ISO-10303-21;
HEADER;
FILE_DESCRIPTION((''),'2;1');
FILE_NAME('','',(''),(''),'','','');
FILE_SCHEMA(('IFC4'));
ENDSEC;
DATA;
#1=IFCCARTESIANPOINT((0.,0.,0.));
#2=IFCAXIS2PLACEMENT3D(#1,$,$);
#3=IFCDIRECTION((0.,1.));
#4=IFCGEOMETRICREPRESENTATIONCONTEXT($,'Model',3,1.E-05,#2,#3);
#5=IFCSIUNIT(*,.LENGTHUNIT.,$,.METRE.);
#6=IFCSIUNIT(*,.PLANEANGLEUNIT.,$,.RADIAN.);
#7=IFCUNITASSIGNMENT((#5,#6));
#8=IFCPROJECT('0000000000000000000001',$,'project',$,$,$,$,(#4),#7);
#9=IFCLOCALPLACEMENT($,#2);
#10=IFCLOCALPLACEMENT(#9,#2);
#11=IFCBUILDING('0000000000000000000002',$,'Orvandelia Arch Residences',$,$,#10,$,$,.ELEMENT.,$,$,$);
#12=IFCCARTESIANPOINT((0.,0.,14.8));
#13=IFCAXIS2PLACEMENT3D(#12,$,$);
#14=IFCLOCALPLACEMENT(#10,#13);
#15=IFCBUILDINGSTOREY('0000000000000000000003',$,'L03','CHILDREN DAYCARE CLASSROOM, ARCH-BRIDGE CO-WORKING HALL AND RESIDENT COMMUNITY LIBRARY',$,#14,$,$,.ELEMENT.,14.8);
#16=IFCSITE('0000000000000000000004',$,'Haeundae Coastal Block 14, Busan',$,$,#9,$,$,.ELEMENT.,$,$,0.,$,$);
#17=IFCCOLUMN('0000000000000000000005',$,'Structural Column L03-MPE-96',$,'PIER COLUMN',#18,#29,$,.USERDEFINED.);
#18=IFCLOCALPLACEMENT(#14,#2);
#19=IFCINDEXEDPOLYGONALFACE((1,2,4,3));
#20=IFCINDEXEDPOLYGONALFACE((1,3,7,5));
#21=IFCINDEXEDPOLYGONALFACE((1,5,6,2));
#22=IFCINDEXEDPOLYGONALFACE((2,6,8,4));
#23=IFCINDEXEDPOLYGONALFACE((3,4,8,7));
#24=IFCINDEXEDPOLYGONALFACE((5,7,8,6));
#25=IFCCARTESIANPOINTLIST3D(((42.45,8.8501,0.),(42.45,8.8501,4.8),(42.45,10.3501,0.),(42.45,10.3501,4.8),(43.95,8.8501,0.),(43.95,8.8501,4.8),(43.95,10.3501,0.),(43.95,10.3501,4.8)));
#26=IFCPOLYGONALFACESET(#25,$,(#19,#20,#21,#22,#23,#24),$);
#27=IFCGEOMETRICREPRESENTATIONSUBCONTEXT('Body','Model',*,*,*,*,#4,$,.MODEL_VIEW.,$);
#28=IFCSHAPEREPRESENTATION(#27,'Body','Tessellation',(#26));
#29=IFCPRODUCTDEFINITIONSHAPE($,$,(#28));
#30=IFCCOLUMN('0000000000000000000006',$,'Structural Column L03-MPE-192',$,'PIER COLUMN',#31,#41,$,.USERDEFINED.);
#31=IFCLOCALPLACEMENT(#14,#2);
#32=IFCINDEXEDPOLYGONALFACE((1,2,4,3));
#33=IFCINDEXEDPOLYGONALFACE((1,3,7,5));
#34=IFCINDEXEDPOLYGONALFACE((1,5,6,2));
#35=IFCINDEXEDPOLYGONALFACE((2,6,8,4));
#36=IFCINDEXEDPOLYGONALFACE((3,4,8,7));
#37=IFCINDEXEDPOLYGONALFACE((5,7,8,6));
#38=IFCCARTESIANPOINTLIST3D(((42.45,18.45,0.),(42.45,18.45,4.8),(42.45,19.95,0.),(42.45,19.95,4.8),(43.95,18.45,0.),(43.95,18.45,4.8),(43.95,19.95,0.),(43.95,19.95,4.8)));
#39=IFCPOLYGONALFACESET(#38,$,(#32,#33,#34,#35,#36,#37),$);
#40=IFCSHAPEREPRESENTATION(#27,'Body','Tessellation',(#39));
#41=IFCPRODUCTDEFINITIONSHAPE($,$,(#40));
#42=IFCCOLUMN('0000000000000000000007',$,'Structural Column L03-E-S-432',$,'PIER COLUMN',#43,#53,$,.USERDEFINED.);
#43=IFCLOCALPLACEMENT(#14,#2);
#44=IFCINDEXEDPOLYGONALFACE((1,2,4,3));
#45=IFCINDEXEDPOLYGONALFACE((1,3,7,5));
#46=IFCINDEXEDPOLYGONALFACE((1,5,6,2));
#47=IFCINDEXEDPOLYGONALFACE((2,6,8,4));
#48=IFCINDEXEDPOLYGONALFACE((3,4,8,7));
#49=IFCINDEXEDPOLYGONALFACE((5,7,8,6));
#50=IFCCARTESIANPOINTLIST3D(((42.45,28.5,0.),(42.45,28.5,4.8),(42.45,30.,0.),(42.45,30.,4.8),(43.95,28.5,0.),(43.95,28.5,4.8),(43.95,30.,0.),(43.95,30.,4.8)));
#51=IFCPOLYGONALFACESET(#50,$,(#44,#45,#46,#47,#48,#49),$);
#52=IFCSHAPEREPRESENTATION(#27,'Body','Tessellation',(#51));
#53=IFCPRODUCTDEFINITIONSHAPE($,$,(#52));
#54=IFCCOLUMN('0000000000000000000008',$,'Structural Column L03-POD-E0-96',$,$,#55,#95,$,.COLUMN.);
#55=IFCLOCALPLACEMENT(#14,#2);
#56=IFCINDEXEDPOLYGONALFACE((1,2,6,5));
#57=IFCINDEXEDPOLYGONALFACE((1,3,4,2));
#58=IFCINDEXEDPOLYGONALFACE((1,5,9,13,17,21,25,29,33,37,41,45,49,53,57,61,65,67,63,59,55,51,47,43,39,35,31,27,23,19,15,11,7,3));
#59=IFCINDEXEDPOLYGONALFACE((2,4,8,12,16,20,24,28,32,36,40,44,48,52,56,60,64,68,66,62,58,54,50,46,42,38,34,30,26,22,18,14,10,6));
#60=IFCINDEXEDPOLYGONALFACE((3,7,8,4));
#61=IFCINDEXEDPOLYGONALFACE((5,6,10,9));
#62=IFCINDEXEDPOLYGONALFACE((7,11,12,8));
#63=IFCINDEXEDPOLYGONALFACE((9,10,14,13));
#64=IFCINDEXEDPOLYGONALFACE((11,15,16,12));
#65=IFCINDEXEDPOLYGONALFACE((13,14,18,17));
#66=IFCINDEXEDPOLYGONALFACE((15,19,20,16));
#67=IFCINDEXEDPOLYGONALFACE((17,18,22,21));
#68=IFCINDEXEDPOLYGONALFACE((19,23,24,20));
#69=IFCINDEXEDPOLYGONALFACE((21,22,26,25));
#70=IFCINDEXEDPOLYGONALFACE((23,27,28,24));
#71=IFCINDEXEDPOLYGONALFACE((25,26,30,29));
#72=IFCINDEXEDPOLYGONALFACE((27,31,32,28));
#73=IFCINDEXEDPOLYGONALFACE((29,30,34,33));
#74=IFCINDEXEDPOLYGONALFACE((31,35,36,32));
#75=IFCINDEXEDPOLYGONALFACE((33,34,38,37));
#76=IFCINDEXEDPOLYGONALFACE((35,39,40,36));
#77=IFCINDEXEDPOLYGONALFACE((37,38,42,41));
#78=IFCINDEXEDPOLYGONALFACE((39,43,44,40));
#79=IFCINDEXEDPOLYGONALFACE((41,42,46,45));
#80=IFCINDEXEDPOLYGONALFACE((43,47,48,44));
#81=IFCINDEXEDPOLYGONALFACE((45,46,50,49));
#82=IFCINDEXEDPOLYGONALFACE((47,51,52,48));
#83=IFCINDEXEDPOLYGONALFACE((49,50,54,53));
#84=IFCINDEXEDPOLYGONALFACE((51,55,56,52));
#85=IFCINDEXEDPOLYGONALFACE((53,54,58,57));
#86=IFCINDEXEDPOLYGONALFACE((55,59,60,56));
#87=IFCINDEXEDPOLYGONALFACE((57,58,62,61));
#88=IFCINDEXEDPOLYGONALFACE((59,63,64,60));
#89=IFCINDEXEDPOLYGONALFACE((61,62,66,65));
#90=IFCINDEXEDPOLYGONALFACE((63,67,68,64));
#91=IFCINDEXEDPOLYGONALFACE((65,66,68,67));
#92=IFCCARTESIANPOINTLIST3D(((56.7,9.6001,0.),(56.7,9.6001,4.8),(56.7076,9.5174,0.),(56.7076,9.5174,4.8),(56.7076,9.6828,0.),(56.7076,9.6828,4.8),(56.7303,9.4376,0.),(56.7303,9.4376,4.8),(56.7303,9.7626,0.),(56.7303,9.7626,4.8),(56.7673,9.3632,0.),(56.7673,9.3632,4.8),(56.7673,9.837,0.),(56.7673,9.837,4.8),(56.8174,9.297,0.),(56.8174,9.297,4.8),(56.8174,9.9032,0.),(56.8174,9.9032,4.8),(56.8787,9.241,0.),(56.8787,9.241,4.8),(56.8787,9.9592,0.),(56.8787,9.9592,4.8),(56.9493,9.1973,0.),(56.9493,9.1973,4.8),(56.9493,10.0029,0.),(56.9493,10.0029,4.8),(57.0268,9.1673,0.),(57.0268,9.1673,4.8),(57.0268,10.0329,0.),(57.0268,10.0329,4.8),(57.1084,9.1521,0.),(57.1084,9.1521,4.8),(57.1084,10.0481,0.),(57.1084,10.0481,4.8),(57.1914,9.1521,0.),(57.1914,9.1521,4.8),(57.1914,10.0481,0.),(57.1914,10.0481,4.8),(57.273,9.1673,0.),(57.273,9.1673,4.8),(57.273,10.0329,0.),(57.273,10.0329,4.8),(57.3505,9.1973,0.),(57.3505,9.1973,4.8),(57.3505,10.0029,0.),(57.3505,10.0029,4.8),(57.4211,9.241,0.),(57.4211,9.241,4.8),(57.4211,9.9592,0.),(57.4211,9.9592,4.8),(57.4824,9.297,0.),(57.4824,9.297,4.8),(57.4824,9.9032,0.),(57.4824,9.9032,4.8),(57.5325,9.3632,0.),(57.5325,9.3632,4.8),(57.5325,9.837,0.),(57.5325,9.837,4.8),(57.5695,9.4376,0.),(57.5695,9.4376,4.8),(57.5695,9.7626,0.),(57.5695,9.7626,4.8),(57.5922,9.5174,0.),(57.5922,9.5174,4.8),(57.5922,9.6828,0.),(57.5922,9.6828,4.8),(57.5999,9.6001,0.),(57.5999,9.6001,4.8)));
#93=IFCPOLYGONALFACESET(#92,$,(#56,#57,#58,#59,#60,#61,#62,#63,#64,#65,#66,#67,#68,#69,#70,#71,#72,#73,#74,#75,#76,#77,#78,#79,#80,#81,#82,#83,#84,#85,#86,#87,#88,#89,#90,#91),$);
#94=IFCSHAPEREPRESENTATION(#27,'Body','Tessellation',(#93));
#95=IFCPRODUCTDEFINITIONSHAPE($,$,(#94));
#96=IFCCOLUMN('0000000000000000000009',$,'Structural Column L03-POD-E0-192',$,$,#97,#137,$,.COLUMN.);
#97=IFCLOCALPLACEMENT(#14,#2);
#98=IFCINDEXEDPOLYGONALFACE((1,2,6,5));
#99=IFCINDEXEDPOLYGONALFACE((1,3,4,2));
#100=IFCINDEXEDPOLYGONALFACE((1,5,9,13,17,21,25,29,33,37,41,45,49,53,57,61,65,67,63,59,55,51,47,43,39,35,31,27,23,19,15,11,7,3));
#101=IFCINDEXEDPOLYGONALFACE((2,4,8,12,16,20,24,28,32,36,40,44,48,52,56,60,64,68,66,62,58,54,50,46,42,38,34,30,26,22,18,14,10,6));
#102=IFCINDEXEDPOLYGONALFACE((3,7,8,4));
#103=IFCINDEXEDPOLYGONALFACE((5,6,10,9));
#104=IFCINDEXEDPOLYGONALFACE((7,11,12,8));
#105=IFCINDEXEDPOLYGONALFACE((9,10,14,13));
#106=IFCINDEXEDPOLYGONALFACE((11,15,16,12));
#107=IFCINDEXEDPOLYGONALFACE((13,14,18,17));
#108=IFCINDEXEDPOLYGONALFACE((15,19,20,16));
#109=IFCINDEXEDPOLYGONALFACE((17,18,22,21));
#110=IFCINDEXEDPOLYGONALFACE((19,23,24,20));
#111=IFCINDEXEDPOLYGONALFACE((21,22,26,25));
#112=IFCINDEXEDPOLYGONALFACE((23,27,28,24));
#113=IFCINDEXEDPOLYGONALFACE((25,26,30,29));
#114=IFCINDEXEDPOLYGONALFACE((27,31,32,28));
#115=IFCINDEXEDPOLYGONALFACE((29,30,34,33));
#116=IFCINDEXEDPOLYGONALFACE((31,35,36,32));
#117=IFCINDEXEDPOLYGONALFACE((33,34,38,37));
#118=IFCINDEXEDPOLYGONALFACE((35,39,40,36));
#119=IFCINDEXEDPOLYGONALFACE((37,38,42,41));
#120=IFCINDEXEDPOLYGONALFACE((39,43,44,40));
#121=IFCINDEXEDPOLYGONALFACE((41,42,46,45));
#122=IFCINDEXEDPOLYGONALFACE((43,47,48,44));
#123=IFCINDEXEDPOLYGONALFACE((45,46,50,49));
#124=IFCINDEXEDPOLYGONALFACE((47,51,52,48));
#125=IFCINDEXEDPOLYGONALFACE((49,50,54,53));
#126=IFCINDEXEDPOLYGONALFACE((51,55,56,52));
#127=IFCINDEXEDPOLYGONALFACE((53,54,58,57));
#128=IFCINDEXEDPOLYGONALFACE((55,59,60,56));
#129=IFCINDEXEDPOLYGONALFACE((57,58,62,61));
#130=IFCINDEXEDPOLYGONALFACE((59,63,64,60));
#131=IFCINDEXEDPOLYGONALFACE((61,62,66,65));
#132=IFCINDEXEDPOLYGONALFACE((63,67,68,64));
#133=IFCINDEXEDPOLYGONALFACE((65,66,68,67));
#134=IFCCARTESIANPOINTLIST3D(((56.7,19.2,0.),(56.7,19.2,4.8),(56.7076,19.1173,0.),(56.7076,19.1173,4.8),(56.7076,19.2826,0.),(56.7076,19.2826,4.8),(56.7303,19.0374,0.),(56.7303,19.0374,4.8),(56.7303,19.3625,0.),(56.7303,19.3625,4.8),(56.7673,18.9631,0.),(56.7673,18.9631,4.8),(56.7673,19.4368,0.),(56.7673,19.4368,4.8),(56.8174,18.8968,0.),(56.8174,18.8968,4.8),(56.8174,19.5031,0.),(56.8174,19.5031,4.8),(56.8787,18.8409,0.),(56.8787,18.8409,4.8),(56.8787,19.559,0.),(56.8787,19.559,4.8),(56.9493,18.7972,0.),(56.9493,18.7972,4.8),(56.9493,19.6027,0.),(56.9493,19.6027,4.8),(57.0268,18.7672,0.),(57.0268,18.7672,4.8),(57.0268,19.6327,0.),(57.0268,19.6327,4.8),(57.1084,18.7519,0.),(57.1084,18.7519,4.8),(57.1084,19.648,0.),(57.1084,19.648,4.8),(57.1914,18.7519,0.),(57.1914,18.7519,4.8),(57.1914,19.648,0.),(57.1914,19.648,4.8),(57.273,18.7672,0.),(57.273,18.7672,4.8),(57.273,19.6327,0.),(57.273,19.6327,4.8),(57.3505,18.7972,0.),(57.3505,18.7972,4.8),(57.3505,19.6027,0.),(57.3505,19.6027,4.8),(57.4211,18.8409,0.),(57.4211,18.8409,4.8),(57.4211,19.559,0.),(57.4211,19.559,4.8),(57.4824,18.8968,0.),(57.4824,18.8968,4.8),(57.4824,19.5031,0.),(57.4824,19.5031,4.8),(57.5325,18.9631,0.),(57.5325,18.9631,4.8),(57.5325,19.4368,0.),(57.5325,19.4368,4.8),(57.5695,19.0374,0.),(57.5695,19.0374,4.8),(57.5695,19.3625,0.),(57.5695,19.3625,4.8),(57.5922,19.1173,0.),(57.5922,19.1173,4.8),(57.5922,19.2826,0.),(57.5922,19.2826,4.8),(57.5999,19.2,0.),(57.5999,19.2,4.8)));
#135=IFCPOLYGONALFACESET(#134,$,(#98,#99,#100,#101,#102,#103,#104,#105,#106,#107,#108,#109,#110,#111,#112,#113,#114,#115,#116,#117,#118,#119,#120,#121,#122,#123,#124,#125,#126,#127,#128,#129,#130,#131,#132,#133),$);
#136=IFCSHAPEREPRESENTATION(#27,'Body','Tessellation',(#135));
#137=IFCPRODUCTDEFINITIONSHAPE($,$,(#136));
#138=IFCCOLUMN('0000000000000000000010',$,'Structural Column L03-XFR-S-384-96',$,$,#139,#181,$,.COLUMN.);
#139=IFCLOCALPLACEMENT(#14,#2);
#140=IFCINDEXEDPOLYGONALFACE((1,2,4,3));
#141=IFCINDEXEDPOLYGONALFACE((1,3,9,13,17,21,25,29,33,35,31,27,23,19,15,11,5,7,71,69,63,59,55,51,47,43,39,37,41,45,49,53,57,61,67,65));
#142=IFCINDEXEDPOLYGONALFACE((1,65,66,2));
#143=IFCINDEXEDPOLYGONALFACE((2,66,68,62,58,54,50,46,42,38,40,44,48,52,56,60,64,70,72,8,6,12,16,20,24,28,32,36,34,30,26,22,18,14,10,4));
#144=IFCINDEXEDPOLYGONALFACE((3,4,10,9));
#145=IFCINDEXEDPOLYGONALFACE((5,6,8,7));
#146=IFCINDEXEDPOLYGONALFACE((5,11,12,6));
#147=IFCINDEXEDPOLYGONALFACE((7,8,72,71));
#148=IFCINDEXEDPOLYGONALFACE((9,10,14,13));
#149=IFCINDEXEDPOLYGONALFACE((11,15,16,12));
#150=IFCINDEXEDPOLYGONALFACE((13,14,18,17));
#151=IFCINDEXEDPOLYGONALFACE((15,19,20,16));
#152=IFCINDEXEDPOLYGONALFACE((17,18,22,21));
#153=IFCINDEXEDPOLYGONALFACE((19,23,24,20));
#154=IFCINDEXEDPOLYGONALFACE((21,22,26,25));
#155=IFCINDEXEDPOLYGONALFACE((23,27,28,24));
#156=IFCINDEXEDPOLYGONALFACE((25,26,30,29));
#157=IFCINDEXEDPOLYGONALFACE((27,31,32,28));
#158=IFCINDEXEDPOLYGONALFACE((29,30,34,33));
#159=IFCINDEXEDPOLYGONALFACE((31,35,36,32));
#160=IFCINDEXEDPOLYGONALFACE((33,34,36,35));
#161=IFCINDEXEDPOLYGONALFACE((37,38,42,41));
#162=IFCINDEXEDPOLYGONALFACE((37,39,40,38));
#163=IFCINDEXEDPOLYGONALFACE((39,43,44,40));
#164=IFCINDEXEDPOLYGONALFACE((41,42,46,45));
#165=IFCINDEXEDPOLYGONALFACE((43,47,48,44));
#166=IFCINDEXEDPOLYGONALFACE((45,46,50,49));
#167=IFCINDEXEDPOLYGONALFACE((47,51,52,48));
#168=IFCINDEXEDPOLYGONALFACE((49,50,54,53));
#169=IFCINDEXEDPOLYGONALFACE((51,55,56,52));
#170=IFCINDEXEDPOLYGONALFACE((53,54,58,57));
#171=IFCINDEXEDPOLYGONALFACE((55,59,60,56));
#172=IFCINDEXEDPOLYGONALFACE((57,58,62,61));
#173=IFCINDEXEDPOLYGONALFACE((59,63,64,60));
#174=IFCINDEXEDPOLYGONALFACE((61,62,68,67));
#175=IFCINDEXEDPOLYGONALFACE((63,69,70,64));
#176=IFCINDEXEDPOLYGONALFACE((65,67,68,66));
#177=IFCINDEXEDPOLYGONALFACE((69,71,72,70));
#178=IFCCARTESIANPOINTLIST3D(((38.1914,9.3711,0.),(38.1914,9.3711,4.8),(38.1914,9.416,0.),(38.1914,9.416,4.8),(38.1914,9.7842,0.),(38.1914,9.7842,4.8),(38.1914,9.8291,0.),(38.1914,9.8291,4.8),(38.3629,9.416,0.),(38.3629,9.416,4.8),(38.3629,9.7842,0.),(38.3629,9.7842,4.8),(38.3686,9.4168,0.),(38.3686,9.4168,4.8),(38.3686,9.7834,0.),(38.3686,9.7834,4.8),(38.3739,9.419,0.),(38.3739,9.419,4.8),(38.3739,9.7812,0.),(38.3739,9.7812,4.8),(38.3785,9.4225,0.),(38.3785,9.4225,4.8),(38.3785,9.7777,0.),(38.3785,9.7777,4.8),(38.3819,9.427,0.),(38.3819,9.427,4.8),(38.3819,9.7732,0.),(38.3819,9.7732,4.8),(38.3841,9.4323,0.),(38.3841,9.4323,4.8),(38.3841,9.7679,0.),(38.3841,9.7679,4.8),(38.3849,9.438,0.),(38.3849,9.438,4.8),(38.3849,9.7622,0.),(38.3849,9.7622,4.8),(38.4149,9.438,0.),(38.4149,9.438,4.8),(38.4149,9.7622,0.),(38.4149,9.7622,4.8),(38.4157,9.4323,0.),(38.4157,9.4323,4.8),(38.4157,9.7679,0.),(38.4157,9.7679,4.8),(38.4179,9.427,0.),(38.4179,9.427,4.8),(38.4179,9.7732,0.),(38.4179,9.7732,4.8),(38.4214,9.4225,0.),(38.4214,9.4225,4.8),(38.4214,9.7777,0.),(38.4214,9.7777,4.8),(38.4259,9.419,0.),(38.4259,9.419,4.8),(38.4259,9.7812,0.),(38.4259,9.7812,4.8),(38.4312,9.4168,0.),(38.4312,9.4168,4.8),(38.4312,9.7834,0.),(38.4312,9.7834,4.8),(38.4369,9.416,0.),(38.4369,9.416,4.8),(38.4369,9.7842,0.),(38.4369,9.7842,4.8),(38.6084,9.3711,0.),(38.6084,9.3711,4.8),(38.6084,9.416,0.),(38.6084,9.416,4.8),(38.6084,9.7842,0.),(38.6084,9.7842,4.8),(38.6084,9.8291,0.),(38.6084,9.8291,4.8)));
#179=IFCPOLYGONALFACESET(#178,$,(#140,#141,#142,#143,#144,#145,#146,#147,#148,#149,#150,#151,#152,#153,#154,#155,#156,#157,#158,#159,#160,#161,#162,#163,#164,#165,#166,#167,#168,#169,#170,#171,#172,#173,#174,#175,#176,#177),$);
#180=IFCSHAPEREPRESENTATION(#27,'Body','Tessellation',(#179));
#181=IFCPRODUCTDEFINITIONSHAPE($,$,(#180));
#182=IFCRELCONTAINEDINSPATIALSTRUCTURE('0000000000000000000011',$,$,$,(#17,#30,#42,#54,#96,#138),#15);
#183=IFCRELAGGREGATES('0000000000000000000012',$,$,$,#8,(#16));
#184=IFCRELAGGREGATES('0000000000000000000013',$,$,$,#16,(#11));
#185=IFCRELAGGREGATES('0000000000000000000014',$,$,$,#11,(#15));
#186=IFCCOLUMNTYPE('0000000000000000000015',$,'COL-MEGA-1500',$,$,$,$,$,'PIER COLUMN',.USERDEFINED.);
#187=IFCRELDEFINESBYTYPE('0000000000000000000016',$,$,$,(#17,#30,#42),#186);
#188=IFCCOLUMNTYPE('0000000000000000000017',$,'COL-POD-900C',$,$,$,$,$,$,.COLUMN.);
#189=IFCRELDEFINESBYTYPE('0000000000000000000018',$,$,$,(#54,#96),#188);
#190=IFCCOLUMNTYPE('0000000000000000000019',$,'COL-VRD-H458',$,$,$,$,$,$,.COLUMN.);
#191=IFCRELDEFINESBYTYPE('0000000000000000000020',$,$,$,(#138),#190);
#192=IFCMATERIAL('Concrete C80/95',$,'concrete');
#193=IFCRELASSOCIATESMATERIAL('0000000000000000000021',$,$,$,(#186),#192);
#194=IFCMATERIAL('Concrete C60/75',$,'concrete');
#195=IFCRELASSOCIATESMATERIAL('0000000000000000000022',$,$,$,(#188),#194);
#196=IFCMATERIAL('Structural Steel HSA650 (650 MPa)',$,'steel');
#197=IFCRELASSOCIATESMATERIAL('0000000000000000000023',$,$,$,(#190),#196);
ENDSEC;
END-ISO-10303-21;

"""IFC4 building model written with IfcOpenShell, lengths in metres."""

from ifc_helpers import new_model, si_unit, direction, frame, origin, origin_2d, place, context, subcontext, project, spatial, rectangle, circle, i_section, extrude, material, material_profile, profile_set, type_object, element, save


model = new_model("IFC4")

# Units and contexts
model_context = context("Model", 3, precision=1e-05, world=origin(), true_north=direction((0.0, 1.0)))
body_context = subcontext(model_context, "Body", "Model", "MODEL_VIEW")
ifc_project = project(units=[si_unit("LENGTHUNIT", "METRE"), si_unit("PLANEANGLEUNIT", "RADIAN")], contexts=[model_context])

# Site, building, storey
site_placement = place(None, origin())
site = spatial("IfcSite", under=ifc_project, at=site_placement, Name="Haeundae Coastal Block 14, Busan", CompositionType="ELEMENT", RefElevation=0.0)
building_placement = place(site_placement, origin())
building = spatial("IfcBuilding", under=site, at=building_placement, Name="Orvandelia Arch Residences", CompositionType="ELEMENT")
storey_placement = place(building_placement, frame((0.0, 0.0, 14.8)))
storey = spatial("IfcBuildingStorey", under=building, at=storey_placement, Name="L03", Description="CHILDREN DAYCARE CLASSROOM, ARCH-BRIDGE CO-WORKING HALL AND RESIDENT COMMUNITY LIBRARY", CompositionType="ELEMENT", Elevation=14.8)

# Columns
ifc_material_1 = material(Name="Concrete C80/95", Category="concrete")
ifc_material_profile_1 = material_profile(ifc_material_1, rectangle(XDim=1.5, YDim=1.5, at=origin_2d()), Name="Concrete C80/95", Category="concrete")
ifc_profile_set_1 = profile_set([ifc_material_profile_1], Name="Concrete C80/95")
column_type_1 = type_object("IfcColumnType", Name="COL-MEGA-1500", ElementType="PIER COLUMN", PredefinedType="USERDEFINED", material=ifc_profile_set_1)
for number, where, z_axis, x_axis, name in (
    (1, (43.2, 9.6001, 0.0), (0.0, 0.0, 1.0), (1.0, 0.0, 0.0), "Structural Column L03-MPE-96"),
    (2, (43.2, 19.2, 0.0), (0.0, 0.0, 1.0), (1.0, 0.0, 0.0), "Structural Column L03-MPE-192"),
    (3, (43.2, 29.25, 0.0), (0.0, 0.0, 1.0), (1.0, 0.0, 0.0), "Structural Column L03-E-S-432"),
):
    element("IfcColumn", number, at=place(storey_placement, frame(where, z_axis=z_axis, x_axis=x_axis)), inside=storey, type_object=column_type_1, Name=name, ObjectType="PIER COLUMN", PredefinedType="USERDEFINED", context=body_context, shape_type="SweptSolid", body=[
        extrude(rectangle(XDim=1.5, YDim=1.5, at=origin_2d()), origin(), (0.0, 0.0, 1.0), 4.8),
    ])
ifc_material_2 = material(Name="Concrete C60/75", Category="concrete")
ifc_material_profile_2 = material_profile(ifc_material_2, circle(Radius=0.45, at=origin_2d()), Name="Concrete C60/75", Category="concrete")
ifc_profile_set_2 = profile_set([ifc_material_profile_2], Name="Concrete C60/75")
column_type_2 = type_object("IfcColumnType", Name="COL-POD-900C", PredefinedType="COLUMN", material=ifc_profile_set_2)
for number, where, z_axis, x_axis, name in (
    (4, (57.1499, 9.6001, 0.0), (0.0, 0.0, 1.0), (1.0, 0.0, 0.0), "Structural Column L03-POD-E0-96"),
    (5, (57.1499, 19.2, 0.0), (0.0, 0.0, 1.0), (1.0, 0.0, 0.0), "Structural Column L03-POD-E0-192"),
):
    element("IfcColumn", number, at=place(storey_placement, frame(where, z_axis=z_axis, x_axis=x_axis)), inside=storey, type_object=column_type_2, Name=name, PredefinedType="COLUMN", context=body_context, shape_type="SweptSolid", body=[
        extrude(circle(Radius=0.45, at=origin_2d()), origin(), (0.0, 0.0, 1.0), 4.8),
    ])
ifc_material_3 = material(Name="Structural Steel HSA650 (650 MPa)", Category="steel")
ifc_material_profile_3 = material_profile(ifc_material_3, i_section(OverallWidth=0.417, OverallDepth=0.458, WebThickness=0.03, FlangeThickness=0.0449, FilletRadius=0.022, at=origin_2d()), Name="Structural Steel HSA650 (650 MPa)", Category="steel")
ifc_profile_set_3 = profile_set([ifc_material_profile_3], Name="Structural Steel HSA650 (650 MPa)")
column_type_3 = type_object("IfcColumnType", Name="COL-VRD-H458", PredefinedType="COLUMN", material=ifc_profile_set_3)
for number, where, z_axis, x_axis, name in (
    (6, (38.3999, 9.6001, 0.0), (0.0, 0.0, 1.0), (1.0, 0.0, 0.0), "Structural Column L03-XFR-S-384-96"),
):
    element("IfcColumn", number, at=place(storey_placement, frame(where, z_axis=z_axis, x_axis=x_axis)), inside=storey, type_object=column_type_3, Name=name, PredefinedType="COLUMN", context=body_context, shape_type="SweptSolid", body=[
        extrude(i_section(OverallWidth=0.417, OverallDepth=0.458, WebThickness=0.03, FlangeThickness=0.0449, FilletRadius=0.022, at=origin_2d()), origin(), (0.0, 0.0, 1.0), 4.8),
    ])

save(model, "model.ifc")
